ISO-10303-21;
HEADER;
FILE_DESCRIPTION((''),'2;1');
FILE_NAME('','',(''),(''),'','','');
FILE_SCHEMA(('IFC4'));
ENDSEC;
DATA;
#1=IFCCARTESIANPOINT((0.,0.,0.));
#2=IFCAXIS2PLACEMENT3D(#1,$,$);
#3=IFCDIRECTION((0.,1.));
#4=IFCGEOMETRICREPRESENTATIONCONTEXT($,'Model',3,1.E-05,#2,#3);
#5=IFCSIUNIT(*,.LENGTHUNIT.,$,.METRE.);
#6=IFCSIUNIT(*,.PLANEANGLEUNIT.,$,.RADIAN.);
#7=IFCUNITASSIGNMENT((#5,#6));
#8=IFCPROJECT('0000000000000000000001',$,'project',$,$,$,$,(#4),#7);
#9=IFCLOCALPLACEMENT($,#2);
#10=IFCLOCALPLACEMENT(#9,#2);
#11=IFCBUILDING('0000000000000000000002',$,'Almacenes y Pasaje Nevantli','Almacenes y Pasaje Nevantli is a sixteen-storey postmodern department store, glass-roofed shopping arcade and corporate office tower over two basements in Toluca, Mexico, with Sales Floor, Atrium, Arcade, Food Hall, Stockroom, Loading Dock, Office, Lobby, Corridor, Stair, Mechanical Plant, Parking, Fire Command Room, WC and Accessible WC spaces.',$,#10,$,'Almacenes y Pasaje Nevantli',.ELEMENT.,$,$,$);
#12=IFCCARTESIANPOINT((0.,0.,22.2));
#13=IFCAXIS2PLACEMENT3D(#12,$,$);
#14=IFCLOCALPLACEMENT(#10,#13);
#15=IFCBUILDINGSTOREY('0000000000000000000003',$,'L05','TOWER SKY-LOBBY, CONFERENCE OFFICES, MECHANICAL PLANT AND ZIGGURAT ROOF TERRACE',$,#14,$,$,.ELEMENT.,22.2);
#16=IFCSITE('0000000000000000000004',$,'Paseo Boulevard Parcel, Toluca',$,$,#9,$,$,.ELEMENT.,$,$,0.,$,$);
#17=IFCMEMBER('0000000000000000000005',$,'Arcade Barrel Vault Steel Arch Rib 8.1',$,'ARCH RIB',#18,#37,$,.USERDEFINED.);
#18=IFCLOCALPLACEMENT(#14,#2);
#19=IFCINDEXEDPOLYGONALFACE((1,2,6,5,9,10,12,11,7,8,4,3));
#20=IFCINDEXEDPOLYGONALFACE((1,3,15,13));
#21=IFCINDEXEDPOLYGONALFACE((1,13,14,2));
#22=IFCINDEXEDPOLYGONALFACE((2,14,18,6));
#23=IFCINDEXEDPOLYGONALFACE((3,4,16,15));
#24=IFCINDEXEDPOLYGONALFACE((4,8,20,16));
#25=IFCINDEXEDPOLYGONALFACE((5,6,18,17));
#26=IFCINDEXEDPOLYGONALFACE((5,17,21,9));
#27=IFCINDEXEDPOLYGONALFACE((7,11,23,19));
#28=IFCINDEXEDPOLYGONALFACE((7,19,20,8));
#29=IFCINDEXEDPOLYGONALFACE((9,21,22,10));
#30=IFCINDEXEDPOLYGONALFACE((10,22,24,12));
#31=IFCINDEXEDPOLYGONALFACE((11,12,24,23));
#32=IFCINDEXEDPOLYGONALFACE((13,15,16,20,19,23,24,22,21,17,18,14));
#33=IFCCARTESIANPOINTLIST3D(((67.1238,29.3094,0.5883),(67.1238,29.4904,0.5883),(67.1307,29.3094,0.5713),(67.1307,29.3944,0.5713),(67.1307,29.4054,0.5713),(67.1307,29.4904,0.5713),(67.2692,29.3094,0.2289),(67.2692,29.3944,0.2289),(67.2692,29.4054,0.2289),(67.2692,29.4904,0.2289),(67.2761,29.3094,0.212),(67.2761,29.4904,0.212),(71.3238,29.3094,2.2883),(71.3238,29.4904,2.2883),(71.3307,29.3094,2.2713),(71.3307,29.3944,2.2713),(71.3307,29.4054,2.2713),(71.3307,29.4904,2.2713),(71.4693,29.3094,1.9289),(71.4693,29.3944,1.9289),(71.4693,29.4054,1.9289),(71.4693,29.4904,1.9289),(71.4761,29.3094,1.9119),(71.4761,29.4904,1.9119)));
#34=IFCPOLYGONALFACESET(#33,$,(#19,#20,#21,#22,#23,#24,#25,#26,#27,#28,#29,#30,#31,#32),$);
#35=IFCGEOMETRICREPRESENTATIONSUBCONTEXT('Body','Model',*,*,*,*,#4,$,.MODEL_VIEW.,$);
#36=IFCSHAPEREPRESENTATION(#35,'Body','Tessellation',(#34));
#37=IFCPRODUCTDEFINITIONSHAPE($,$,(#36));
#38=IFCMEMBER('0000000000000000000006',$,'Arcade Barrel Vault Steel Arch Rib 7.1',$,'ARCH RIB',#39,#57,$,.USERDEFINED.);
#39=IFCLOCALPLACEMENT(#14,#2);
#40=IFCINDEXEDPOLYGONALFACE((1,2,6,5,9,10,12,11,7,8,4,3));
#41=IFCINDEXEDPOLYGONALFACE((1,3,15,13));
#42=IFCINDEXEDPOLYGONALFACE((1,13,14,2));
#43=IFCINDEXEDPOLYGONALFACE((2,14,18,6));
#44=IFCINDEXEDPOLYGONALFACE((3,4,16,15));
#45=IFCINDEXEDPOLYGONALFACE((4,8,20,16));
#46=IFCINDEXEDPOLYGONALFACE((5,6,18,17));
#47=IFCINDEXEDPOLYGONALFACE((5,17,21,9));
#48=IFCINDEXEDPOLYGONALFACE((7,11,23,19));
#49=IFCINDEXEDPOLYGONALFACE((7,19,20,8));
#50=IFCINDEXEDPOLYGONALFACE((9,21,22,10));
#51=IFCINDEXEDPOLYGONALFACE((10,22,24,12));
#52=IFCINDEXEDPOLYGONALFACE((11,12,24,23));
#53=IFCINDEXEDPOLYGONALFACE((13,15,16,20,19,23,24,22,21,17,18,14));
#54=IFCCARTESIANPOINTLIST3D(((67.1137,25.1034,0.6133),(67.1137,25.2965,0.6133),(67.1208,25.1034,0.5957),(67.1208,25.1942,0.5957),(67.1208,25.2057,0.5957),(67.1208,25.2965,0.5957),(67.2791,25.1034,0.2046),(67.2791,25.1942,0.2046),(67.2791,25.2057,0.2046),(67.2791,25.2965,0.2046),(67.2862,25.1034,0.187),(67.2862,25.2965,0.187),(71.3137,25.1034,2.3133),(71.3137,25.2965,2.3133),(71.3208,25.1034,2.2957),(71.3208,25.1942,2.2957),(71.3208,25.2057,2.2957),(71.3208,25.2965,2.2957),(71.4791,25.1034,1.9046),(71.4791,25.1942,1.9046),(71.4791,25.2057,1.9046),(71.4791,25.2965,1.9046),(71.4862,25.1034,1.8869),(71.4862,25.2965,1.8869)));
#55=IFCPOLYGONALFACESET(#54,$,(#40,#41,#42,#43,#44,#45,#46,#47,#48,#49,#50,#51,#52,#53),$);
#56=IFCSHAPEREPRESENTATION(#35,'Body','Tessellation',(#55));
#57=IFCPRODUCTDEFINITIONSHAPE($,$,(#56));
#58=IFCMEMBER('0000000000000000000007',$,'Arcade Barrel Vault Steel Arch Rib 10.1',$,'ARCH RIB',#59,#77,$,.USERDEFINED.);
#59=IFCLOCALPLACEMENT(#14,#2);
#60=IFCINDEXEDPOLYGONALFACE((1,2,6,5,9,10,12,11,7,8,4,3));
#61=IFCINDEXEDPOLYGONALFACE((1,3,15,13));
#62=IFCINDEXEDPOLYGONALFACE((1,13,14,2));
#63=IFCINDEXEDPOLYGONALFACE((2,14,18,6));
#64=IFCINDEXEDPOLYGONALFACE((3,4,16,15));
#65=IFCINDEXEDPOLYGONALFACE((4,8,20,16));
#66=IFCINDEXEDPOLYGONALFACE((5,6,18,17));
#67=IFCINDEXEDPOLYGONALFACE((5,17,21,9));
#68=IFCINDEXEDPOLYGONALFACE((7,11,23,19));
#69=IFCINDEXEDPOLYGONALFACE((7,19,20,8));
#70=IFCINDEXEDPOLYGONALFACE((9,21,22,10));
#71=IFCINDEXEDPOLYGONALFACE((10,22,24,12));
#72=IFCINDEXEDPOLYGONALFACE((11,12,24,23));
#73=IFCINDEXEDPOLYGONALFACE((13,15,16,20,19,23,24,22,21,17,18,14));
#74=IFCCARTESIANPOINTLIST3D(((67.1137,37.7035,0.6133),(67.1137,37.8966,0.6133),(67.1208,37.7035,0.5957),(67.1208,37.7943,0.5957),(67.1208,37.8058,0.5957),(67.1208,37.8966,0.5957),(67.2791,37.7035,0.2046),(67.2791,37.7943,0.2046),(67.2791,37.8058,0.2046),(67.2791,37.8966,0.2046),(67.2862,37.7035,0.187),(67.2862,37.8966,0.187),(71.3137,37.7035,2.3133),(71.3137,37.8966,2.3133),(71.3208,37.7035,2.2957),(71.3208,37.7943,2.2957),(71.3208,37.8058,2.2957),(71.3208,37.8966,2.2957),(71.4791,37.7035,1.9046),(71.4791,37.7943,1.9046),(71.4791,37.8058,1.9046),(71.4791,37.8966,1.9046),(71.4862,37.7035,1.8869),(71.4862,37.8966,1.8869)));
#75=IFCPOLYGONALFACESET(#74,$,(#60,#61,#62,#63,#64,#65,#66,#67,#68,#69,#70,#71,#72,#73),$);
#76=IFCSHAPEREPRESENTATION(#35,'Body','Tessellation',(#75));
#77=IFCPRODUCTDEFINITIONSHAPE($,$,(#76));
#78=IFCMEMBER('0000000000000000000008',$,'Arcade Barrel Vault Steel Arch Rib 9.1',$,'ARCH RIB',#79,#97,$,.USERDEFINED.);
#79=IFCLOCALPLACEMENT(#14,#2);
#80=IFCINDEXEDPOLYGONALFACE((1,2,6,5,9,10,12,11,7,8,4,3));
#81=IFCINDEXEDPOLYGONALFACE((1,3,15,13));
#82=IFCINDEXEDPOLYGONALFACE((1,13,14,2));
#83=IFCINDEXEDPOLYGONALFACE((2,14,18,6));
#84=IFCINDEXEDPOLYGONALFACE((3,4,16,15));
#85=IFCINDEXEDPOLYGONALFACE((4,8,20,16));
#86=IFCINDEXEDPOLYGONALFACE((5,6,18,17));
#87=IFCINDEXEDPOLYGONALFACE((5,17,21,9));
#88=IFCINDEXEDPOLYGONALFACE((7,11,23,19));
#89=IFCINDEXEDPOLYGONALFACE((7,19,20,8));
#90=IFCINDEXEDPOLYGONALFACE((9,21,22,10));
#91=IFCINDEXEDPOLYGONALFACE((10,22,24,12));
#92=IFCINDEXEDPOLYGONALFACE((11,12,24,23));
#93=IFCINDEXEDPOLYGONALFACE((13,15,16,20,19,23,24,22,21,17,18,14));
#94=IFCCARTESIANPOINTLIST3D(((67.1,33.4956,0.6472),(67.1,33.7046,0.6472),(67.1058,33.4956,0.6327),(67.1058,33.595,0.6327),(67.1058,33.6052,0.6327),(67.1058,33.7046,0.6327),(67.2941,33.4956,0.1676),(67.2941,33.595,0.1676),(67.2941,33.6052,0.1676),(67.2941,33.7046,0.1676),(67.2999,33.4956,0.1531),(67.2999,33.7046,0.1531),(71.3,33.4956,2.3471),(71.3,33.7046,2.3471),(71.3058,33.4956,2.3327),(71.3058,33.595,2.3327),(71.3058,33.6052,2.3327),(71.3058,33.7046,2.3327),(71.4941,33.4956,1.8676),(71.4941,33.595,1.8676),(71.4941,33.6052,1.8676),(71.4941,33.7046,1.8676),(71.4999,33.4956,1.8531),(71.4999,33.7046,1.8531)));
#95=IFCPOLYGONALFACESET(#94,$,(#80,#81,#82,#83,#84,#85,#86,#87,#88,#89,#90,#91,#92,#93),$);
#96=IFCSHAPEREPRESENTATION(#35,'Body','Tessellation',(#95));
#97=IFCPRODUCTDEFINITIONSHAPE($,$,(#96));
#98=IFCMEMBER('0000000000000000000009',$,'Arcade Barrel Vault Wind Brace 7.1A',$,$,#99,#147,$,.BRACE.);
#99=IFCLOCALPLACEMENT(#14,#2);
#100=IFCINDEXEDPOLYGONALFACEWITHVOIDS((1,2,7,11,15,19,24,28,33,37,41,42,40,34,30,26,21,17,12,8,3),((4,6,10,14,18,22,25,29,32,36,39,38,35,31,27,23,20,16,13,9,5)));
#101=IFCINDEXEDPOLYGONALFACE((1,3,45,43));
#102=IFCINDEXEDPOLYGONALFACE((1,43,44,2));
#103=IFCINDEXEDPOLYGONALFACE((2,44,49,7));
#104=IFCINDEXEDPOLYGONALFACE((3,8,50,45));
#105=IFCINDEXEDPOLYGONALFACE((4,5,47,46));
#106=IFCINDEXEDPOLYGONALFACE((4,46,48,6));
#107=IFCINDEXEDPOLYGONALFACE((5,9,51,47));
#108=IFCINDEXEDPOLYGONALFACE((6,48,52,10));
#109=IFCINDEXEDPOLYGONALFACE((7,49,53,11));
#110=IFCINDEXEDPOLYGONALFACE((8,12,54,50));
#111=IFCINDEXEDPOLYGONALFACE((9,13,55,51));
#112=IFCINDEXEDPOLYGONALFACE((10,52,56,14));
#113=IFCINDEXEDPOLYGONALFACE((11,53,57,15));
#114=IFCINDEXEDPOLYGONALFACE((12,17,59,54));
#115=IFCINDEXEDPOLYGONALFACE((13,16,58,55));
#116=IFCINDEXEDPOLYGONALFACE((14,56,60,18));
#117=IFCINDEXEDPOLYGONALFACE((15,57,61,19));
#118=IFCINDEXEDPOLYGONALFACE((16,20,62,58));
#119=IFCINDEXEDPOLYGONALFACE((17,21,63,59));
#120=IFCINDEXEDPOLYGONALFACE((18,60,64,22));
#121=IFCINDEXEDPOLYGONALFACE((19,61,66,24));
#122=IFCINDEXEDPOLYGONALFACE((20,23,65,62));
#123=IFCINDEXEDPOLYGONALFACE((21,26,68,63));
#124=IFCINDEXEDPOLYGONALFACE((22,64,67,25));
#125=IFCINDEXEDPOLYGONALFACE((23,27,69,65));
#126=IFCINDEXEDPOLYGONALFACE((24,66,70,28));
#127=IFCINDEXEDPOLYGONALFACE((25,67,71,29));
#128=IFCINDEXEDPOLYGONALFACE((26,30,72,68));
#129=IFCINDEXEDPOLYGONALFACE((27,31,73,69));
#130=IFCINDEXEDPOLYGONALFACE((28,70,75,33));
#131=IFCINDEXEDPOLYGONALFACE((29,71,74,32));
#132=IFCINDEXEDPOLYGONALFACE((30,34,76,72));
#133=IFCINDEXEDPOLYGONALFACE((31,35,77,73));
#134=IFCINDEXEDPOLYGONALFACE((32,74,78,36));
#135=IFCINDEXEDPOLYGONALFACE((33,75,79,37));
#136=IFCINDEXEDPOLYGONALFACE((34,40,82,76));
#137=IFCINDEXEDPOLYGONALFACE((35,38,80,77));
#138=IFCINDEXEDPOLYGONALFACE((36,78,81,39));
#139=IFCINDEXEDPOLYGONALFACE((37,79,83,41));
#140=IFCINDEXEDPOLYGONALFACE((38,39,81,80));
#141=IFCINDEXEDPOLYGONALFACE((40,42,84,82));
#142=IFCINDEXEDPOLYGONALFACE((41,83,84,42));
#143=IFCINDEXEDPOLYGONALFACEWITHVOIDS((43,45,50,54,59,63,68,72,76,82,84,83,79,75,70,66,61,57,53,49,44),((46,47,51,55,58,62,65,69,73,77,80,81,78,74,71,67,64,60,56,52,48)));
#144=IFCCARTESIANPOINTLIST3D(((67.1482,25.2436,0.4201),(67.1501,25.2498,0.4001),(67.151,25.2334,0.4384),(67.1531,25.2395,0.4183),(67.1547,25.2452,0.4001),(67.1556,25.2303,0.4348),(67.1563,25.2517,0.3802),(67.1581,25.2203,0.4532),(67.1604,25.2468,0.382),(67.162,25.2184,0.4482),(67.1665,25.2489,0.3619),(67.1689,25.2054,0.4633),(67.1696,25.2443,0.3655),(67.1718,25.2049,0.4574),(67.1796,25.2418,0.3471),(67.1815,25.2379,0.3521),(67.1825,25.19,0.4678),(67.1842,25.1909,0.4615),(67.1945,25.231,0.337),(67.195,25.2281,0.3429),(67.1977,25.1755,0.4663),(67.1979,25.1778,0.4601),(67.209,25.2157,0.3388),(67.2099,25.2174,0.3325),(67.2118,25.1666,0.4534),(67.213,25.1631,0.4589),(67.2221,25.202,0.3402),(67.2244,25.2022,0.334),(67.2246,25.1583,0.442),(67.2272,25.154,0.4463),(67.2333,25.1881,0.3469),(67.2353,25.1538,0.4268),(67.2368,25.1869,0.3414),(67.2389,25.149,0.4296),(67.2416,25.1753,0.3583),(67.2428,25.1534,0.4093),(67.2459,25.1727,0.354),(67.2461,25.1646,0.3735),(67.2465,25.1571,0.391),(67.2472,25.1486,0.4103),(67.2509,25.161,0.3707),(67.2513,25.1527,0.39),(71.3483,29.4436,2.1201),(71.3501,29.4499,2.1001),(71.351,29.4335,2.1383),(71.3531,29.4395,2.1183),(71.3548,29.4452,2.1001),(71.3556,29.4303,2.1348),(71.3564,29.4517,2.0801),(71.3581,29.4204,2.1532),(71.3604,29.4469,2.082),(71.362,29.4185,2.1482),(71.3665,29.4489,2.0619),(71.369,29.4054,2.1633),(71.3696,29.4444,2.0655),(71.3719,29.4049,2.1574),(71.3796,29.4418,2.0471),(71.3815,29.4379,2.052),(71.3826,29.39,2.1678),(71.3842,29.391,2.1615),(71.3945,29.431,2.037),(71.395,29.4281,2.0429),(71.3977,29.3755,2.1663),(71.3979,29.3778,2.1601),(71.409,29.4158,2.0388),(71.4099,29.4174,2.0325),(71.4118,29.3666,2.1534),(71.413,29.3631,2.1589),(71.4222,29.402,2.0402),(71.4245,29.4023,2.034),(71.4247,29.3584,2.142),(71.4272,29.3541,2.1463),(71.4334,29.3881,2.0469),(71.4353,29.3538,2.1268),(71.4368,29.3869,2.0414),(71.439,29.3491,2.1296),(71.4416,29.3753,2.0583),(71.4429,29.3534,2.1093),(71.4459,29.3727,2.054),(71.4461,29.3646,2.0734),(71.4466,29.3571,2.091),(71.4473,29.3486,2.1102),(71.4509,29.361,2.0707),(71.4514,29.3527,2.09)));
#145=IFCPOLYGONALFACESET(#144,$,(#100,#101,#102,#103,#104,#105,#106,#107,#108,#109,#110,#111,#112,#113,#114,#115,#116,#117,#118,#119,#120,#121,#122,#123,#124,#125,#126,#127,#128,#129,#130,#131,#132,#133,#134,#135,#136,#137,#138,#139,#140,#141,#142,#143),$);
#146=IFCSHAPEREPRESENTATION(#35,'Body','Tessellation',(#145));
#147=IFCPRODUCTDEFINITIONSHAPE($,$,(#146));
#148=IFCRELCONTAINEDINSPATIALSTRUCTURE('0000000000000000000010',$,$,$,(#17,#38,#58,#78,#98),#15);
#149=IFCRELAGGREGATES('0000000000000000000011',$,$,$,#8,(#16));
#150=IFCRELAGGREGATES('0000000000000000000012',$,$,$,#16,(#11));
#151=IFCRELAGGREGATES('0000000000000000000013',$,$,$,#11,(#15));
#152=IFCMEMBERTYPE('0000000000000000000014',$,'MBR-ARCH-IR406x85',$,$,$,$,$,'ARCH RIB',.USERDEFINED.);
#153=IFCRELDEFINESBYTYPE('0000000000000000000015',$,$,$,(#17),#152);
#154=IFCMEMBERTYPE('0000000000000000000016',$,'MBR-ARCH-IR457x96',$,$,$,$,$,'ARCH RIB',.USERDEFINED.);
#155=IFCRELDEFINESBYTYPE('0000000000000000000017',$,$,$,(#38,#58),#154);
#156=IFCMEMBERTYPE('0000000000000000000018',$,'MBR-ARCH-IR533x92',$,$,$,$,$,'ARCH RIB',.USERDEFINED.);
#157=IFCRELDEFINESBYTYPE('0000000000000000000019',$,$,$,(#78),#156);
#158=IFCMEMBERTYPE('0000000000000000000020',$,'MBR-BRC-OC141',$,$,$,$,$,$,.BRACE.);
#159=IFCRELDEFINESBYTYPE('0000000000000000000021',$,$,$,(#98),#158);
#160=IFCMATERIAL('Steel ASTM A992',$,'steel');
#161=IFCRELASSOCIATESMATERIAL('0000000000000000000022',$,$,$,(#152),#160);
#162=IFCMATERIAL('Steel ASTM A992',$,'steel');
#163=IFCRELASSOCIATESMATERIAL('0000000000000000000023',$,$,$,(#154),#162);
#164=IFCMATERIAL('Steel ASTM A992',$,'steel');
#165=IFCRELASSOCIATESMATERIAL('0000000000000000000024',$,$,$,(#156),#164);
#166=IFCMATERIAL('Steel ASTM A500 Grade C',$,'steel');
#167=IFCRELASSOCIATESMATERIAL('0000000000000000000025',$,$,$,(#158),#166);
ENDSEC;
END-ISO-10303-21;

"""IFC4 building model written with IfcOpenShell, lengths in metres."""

from ifc_helpers import new_model, si_unit, direction, frame, origin, origin_2d, place, context, subcontext, project, spatial, hollow_circle, i_section, extrude, material, material_profile, profile_set, type_object, element, save


model = new_model("IFC4")

# Units and contexts
model_context = context("Model", 3, precision=1e-05, world=origin(), true_north=direction((0.0, 1.0)))
body_context = subcontext(model_context, "Body", "Model", "MODEL_VIEW")
ifc_project = project(units=[si_unit("LENGTHUNIT", "METRE"), si_unit("PLANEANGLEUNIT", "RADIAN")], contexts=[model_context])

# Site, building, storey
site_placement = place(None, origin())
site = spatial("IfcSite", under=ifc_project, at=site_placement, Name="Paseo Boulevard Parcel, Toluca", CompositionType="ELEMENT", RefElevation=0.0)
building_placement = place(site_placement, origin())
building = spatial("IfcBuilding", under=site, at=building_placement, Name="Almacenes y Pasaje Nevantli", Description="Almacenes y Pasaje Nevantli is a sixteen-storey postmodern department store, glass-roofed shopping arcade and corporate office tower over two basements in Toluca, Mexico, with Sales Floor, Atrium, Arcade, Food Hall, Stockroom, Loading Dock, Office, Lobby, Corridor, Stair, Mechanical Plant, Parking, Fire Command Room, WC and Accessible WC spaces.", LongName="Almacenes y Pasaje Nevantli", CompositionType="ELEMENT")
storey_placement = place(building_placement, frame((0.0, 0.0, 22.2)))
storey = spatial("IfcBuildingStorey", under=building, at=storey_placement, Name="L05", Description="TOWER SKY-LOBBY, CONFERENCE OFFICES, MECHANICAL PLANT AND ZIGGURAT ROOF TERRACE", CompositionType="ELEMENT", Elevation=22.2)

# Members
ifc_material_1 = material(Name="Steel ASTM A992", Category="steel")
ifc_material_profile_1 = material_profile(ifc_material_1, i_section(OverallWidth=0.1809, OverallDepth=0.406, WebThickness=0.011, FlangeThickness=0.0183, at=origin_2d()), Name="IR 406x85.0")
ifc_profile_set_1 = profile_set([ifc_material_profile_1], Name="Steel ASTM A992")
member_type_1 = type_object("IfcMemberType", Name="MBR-ARCH-IR406x85", ElementType="ARCH RIB", PredefinedType="USERDEFINED", material=ifc_profile_set_1)
member_1_placement = place(storey_placement, frame((67.2, 29.3999, 0.4001), z_axis=(0.926949, 0.0, 0.375187), x_axis=(0.0, 1.0, 0.0)))
element("IfcMember", 1, at=member_1_placement, inside=storey, type_object=member_type_1, Name="Arcade Barrel Vault Steel Arch Rib 8.1", ObjectType="ARCH RIB", PredefinedType="USERDEFINED", context=body_context, shape_type="SweptSolid", body=[
    extrude(i_section(OverallWidth=0.1809, OverallDepth=0.406, WebThickness=0.011, FlangeThickness=0.0183, at=origin_2d()), origin(), (0.0, 0.0, 1.0), 4.531),
])
ifc_material_2 = material(Name="Steel ASTM A992", Category="steel")
ifc_material_profile_2 = material_profile(ifc_material_2, i_section(OverallWidth=0.1931, OverallDepth=0.46, WebThickness=0.0115, FlangeThickness=0.019, at=origin_2d()), Name="IR 457x96.7")
ifc_profile_set_2 = profile_set([ifc_material_profile_2], Name="Steel ASTM A992")
member_type_2 = type_object("IfcMemberType", Name="MBR-ARCH-IR457x96", ElementType="ARCH RIB", PredefinedType="USERDEFINED", material=ifc_profile_set_2)
for number, where, z_axis, x_axis, name in (
    (2, (67.2, 25.2, 0.4001), (0.926949, 0.0, 0.375187), (0.0, 1.0, 0.0), "Arcade Barrel Vault Steel Arch Rib 7.1"),
    (3, (67.2, 37.8, 0.4001), (0.926949, 0.0, 0.375187), (0.0, 1.0, 0.0), "Arcade Barrel Vault Steel Arch Rib 10.1"),
):
    element("IfcMember", number, at=place(storey_placement, frame(where, z_axis=z_axis, x_axis=x_axis)), inside=storey, type_object=member_type_2, Name=name, ObjectType="ARCH RIB", PredefinedType="USERDEFINED", context=body_context, shape_type="SweptSolid", body=[
        extrude(i_section(OverallWidth=0.1931, OverallDepth=0.46, WebThickness=0.0115, FlangeThickness=0.019, at=origin_2d()), origin(), (0.0, 0.0, 1.0), 4.531),
    ])
ifc_material_3 = material(Name="Steel ASTM A992", Category="steel")
ifc_material_profile_3 = material_profile(ifc_material_3, i_section(OverallWidth=0.209, OverallDepth=0.533, WebThickness=0.0103, FlangeThickness=0.0156, at=origin_2d()), Name="IR 533x92.5")
ifc_profile_set_3 = profile_set([ifc_material_profile_3], Name="Steel ASTM A992")
member_type_3 = type_object("IfcMemberType", Name="MBR-ARCH-IR533x92", ElementType="ARCH RIB", PredefinedType="USERDEFINED", material=ifc_profile_set_3)
member_2_placement = place(storey_placement, frame((67.2, 33.6001, 0.4001), z_axis=(0.926949, 0.0, 0.375187), x_axis=(0.0, 1.0, 0.0)))
element("IfcMember", 4, at=member_2_placement, inside=storey, type_object=member_type_3, Name="Arcade Barrel Vault Steel Arch Rib 9.1", ObjectType="ARCH RIB", PredefinedType="USERDEFINED", context=body_context, shape_type="SweptSolid", body=[
    extrude(i_section(OverallWidth=0.209, OverallDepth=0.533, WebThickness=0.0103, FlangeThickness=0.0156, at=origin_2d()), origin(), (0.0, 0.0, 1.0), 4.531),
])
ifc_material_4 = material(Name="Steel ASTM A500 Grade C", Category="steel")
ifc_material_profile_4 = material_profile(ifc_material_4, hollow_circle(Radius=0.0706, WallThickness=0.0066, at=origin_2d()), Name="OC 141x6.6")
ifc_profile_set_4 = profile_set([ifc_material_profile_4], Name="Steel ASTM A500 Grade C")
member_type_4 = type_object("IfcMemberType", Name="MBR-BRC-OC141", PredefinedType="BRACE", material=ifc_profile_set_4)
for number, where, z_axis, x_axis, name in (
    (5, (67.2, 25.2, 0.4001), (0.679812, 0.679812, 0.275157), (-0.707107, 0.707107, 0.0), "Arcade Barrel Vault Wind Brace 7.1A"),
):
    element("IfcMember", number, at=place(storey_placement, frame(where, z_axis=z_axis, x_axis=x_axis)), inside=storey, type_object=member_type_4, Name=name, PredefinedType="BRACE", context=body_context, shape_type="SweptSolid", body=[
        extrude(hollow_circle(Radius=0.0706, WallThickness=0.0066, at=origin_2d()), origin(), (0.0, 0.0, 1.0), 6.1782),
    ])

save(model, "model.ifc")
